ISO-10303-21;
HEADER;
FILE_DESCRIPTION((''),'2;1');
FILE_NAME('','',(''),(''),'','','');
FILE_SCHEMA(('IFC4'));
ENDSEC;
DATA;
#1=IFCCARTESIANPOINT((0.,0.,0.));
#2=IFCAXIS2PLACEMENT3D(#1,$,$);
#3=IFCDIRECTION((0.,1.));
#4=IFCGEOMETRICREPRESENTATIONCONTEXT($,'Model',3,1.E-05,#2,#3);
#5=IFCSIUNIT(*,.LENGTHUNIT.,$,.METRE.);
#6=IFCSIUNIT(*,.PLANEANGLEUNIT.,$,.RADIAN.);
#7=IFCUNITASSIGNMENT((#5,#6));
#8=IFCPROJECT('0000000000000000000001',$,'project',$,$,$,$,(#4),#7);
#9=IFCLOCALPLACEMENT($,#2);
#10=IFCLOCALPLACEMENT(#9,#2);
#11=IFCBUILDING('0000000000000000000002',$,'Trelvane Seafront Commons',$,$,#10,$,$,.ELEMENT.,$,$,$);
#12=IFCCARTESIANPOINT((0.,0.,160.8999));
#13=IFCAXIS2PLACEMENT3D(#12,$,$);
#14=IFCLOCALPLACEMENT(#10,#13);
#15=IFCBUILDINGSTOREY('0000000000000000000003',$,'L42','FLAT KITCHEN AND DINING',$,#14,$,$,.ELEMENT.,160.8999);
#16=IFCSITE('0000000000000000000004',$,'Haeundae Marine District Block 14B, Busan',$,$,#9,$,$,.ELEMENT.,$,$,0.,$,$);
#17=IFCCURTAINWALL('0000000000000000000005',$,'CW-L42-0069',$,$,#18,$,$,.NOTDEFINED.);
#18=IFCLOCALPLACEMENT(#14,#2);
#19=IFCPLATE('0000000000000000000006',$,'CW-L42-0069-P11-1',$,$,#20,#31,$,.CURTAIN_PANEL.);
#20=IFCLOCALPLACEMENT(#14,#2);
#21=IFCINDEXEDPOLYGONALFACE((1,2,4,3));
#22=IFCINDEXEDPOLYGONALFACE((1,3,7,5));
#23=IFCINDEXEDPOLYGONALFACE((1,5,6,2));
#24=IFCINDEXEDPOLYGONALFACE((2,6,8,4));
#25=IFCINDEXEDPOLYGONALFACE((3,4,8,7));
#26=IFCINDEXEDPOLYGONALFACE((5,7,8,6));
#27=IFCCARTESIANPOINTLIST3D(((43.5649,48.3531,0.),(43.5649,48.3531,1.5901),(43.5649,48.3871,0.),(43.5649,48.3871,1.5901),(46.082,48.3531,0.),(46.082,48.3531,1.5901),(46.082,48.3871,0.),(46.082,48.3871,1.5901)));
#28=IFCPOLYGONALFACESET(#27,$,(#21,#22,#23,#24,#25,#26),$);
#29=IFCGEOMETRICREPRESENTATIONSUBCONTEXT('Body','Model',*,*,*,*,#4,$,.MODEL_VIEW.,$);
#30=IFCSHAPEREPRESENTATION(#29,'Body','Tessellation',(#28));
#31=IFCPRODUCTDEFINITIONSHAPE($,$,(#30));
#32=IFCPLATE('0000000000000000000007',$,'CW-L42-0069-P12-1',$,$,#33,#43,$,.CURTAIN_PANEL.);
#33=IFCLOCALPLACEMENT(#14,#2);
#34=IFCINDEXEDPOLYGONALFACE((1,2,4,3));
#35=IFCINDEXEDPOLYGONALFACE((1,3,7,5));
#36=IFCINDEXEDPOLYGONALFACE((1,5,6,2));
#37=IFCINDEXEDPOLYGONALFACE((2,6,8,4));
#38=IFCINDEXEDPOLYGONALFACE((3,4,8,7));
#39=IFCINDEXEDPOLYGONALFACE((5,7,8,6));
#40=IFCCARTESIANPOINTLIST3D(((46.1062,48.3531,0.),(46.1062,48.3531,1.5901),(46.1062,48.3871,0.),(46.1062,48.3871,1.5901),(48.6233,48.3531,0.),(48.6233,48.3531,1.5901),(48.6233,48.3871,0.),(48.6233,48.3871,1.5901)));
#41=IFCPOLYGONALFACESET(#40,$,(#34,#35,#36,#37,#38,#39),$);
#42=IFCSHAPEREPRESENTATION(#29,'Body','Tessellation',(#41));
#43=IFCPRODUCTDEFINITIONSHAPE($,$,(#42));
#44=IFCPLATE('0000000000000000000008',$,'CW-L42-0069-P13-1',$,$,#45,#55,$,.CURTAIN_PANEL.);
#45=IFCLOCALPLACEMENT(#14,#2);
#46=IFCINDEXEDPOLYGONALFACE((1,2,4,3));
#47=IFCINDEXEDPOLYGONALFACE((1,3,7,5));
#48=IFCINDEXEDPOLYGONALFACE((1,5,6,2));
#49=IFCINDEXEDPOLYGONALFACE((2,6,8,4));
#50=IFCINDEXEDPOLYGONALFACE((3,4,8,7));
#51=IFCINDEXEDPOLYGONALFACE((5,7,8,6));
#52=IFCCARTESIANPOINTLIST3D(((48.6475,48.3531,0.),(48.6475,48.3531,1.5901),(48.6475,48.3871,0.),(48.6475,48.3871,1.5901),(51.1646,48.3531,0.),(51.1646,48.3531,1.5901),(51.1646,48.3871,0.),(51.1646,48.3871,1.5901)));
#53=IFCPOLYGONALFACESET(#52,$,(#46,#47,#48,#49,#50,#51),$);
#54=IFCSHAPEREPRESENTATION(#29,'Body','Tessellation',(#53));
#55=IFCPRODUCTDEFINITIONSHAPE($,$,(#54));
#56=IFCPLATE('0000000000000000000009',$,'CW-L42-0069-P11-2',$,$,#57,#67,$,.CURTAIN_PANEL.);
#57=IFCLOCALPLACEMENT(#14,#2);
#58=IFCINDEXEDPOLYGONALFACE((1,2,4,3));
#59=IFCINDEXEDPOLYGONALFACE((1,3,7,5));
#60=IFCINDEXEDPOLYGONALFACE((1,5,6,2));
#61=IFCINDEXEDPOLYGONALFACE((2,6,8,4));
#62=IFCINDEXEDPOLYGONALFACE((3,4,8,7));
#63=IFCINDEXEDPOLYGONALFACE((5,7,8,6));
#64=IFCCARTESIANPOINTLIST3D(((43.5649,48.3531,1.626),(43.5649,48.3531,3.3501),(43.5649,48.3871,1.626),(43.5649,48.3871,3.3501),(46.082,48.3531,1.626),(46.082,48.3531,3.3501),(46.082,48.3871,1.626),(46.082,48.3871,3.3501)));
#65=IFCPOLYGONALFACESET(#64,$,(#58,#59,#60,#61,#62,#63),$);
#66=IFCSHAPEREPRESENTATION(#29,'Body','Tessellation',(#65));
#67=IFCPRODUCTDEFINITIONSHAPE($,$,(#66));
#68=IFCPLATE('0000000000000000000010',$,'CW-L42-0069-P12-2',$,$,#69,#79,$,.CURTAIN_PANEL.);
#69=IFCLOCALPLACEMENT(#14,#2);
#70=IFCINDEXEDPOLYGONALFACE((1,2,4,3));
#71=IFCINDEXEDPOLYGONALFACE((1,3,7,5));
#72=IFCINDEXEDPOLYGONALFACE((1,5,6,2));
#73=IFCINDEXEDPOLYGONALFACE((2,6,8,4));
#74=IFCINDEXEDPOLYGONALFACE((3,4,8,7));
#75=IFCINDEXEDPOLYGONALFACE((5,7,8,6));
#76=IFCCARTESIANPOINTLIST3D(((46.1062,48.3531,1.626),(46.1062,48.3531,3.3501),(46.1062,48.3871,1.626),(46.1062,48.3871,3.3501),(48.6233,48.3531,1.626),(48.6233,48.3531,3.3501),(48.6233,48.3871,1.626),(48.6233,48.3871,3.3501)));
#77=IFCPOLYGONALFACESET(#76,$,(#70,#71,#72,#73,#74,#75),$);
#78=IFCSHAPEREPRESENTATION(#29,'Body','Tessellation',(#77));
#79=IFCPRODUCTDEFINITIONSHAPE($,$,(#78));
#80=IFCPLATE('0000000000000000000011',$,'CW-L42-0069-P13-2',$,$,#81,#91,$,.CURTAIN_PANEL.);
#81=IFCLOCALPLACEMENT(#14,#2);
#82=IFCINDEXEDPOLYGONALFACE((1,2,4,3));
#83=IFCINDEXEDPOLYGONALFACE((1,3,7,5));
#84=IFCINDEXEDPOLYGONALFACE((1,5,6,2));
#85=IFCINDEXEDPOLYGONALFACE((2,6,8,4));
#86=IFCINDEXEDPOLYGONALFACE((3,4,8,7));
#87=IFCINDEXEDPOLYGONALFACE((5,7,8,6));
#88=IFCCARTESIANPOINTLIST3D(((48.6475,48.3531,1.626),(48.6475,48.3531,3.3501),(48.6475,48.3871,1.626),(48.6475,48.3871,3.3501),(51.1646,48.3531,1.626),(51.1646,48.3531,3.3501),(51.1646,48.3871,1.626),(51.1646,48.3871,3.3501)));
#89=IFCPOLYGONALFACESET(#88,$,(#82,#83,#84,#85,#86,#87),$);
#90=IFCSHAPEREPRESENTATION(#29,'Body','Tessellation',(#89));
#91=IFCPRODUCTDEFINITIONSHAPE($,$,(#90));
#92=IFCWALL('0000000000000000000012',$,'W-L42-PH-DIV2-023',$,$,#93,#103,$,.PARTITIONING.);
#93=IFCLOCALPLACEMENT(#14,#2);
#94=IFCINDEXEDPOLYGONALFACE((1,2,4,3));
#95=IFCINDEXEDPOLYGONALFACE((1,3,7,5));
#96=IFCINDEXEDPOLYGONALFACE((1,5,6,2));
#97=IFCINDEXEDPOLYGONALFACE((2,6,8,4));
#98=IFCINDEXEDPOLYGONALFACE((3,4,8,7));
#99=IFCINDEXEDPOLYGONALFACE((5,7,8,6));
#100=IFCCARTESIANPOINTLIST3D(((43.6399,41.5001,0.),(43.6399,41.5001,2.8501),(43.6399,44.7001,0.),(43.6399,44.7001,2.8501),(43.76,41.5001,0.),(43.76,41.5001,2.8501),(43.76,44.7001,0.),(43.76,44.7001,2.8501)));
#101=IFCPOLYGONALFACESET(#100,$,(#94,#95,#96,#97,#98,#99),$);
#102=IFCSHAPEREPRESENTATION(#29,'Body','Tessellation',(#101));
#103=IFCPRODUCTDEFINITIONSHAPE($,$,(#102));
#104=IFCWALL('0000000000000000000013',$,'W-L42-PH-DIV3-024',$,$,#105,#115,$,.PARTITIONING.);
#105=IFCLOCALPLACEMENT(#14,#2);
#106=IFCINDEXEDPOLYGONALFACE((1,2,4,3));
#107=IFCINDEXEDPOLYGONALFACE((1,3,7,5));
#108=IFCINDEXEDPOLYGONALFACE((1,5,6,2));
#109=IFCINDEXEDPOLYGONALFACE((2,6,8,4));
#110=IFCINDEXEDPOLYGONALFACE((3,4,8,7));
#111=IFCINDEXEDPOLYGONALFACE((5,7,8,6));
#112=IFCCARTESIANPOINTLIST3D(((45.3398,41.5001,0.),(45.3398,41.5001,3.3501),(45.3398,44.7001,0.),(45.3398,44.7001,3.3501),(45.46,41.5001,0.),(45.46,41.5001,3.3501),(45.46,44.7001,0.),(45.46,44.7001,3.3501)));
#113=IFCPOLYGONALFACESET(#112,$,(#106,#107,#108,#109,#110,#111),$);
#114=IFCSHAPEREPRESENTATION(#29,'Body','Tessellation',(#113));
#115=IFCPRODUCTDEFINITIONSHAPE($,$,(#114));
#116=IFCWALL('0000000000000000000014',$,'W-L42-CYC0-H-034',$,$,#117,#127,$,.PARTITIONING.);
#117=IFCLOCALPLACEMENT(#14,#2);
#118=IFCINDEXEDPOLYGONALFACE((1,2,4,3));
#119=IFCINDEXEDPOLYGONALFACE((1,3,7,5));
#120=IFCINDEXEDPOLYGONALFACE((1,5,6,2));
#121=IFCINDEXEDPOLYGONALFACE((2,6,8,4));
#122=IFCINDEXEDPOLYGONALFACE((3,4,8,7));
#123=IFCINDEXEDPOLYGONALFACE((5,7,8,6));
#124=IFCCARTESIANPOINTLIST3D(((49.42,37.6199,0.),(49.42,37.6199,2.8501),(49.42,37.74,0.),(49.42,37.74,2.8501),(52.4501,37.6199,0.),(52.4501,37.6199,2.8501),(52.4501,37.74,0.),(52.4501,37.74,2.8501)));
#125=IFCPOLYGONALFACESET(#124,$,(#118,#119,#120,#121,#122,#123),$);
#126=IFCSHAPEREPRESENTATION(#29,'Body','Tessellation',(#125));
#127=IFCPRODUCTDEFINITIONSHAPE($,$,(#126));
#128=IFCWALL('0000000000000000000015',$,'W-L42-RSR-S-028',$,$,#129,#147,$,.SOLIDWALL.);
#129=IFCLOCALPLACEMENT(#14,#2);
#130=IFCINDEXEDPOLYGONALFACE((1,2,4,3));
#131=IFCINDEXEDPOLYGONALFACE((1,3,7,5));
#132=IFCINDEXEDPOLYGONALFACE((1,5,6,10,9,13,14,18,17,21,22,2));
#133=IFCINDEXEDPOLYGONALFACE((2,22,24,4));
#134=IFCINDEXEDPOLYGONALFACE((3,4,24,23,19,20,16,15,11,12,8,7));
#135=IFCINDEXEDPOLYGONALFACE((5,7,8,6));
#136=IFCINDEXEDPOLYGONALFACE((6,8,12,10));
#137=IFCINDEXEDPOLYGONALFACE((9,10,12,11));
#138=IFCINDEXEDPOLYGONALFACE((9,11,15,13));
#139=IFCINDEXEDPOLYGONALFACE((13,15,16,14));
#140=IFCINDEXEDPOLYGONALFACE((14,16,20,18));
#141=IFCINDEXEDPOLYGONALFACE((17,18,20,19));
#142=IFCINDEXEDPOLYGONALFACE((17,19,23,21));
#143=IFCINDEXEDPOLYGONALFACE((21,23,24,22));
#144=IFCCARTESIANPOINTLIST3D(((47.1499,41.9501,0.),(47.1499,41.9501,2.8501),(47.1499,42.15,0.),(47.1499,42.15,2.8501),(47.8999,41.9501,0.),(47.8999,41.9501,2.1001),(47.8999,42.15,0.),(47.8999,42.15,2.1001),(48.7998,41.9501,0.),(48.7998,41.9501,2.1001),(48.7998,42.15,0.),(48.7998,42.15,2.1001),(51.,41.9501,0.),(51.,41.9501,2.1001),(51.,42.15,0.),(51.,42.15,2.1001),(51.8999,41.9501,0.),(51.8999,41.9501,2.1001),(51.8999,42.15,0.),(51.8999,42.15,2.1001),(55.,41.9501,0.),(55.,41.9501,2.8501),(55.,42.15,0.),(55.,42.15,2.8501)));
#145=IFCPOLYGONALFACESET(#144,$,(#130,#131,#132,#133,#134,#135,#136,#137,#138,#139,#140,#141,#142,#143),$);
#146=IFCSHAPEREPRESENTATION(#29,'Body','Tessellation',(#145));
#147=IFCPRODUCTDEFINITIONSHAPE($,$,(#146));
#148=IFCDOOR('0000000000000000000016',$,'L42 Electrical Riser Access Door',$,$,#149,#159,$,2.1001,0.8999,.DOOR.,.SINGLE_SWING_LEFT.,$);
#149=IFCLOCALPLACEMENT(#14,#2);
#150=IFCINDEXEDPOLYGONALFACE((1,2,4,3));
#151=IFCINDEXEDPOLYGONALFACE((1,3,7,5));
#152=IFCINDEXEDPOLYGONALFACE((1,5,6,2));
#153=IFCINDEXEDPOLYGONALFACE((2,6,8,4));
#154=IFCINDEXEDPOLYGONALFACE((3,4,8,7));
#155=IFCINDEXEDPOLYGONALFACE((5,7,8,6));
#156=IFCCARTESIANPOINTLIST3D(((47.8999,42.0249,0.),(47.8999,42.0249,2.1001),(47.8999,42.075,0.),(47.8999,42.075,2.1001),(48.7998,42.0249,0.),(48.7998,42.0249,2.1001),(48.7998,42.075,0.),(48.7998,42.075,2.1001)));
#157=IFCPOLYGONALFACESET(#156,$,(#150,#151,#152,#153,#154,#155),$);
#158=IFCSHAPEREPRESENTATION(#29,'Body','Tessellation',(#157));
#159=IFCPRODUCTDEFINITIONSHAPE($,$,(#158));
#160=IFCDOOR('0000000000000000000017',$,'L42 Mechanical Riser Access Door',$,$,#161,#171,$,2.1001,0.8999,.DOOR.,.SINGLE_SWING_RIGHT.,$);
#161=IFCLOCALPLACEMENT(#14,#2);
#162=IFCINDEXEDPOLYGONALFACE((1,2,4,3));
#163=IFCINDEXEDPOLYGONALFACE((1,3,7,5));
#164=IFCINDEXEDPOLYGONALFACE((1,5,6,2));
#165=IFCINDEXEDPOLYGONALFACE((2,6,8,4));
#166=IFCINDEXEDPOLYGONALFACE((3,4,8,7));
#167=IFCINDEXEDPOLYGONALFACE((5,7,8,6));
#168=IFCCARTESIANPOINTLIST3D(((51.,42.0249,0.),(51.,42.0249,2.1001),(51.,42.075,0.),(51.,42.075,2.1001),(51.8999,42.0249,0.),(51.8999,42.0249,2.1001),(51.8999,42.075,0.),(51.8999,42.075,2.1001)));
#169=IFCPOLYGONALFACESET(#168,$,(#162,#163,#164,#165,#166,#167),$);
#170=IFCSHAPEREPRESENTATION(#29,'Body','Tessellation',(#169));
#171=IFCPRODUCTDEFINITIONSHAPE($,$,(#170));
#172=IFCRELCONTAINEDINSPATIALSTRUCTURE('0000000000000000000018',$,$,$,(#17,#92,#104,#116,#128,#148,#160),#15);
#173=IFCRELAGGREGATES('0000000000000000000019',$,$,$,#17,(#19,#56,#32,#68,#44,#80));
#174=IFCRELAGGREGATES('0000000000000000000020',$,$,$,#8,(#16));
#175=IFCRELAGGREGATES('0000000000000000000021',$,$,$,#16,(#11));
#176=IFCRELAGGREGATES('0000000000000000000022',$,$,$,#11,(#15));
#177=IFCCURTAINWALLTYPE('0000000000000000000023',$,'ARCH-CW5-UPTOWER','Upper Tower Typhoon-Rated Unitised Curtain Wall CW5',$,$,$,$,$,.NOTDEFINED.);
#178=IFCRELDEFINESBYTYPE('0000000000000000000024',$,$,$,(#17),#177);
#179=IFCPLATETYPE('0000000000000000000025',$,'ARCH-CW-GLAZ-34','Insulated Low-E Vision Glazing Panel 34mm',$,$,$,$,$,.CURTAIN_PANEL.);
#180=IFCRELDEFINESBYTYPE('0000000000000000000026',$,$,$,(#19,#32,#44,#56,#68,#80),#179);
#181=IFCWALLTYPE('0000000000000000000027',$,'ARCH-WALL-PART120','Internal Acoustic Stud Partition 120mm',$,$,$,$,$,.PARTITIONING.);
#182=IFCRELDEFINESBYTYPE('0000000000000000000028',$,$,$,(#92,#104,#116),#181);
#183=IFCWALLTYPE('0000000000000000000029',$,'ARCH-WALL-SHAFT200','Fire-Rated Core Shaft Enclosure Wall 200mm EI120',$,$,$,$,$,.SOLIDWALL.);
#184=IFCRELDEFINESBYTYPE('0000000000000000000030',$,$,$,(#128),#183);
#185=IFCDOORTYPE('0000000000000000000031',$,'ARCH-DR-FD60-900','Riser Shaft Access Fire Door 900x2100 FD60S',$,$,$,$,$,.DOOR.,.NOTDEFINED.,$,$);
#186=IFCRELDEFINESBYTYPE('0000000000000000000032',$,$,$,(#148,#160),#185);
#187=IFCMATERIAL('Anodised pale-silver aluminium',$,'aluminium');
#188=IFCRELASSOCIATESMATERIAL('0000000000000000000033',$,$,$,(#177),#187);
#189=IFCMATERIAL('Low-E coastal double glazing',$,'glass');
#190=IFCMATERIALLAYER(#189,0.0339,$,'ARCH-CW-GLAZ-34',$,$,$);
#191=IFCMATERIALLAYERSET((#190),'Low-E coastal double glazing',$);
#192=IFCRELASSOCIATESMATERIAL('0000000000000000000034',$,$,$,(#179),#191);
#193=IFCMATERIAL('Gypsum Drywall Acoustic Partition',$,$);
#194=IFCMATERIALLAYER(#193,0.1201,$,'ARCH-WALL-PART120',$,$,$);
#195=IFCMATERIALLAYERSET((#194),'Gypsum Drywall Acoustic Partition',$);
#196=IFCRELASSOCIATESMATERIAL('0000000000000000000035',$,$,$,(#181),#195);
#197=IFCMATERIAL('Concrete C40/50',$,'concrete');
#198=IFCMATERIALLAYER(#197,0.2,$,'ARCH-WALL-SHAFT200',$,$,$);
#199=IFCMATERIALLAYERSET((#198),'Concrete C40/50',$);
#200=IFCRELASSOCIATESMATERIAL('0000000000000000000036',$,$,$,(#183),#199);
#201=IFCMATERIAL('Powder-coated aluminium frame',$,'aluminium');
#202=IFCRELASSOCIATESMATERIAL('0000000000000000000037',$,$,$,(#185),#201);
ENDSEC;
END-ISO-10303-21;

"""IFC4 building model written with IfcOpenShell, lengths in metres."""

from ifc_helpers import new_model, si_unit, direction, frame, frame_2d, origin, origin_2d, place, context, subcontext, project, spatial, rectangle, extrude, source, transform, mapped, material, layer, layer_set, type_object, element, fill, aggregate, save


model = new_model("IFC4")

# Units and contexts
model_context = context("Model", 3, precision=1e-05, world=origin(), true_north=direction((0.0, 1.0)))
body_context = subcontext(model_context, "Body", "Model", "MODEL_VIEW")
ifc_project = project(units=[si_unit("LENGTHUNIT", "METRE"), si_unit("PLANEANGLEUNIT", "RADIAN")], contexts=[model_context])

# Site, building, storey
site_placement = place(None, origin())
site = spatial("IfcSite", under=ifc_project, at=site_placement, Name="Haeundae Marine District Block 14B, Busan", CompositionType="ELEMENT", RefElevation=0.0)
building_placement = place(site_placement, origin())
building = spatial("IfcBuilding", under=site, at=building_placement, Name="Trelvane Seafront Commons", CompositionType="ELEMENT")
storey_placement = place(building_placement, frame((0.0, 0.0, 160.8999)))
storey = spatial("IfcBuildingStorey", under=building, at=storey_placement, Name="L42", Description="FLAT KITCHEN AND DINING", CompositionType="ELEMENT", Elevation=160.8999)

# Curtain wall
ifc_material_1 = material(Name="Anodised pale-silver aluminium", Category="aluminium")
curtain_wall_type = type_object("IfcCurtainWallType", Name="ARCH-CW5-UPTOWER", Description="Upper Tower Typhoon-Rated Unitised Curtain Wall CW5", PredefinedType="NOTDEFINED", material=ifc_material_1)
curtain_wall_placement = place(storey_placement, origin())
curtain_wall = element("IfcCurtainWall", 1, at=curtain_wall_placement, inside=storey, type_object=curtain_wall_type, Name="CW-L42-0069", PredefinedType="NOTDEFINED")

# Plates
ifc_material_2 = material(Name="Low-E coastal double glazing", Category="glass")
ifc_layer_1 = layer(ifc_material_2, 0.0339, Name="ARCH-CW-GLAZ-34")
ifc_layer_set_1 = layer_set([ifc_layer_1], Name="Low-E coastal double glazing")
plate_type_1 = type_object("IfcPlateType", Name="ARCH-CW-GLAZ-34", Description="Insulated Low-E Vision Glazing Panel 34mm", PredefinedType="CURTAIN_PANEL", material=ifc_layer_set_1)
shared_shape_1 = source(origin(), body_context, "Body", "SweptSolid", [
    extrude(rectangle(XDim=2.5171, YDim=0.0339, at=origin_2d()), origin(), (0.0, 0.0, 1.0), 1.5901),
])
plate_1_placement = place(storey_placement, frame((44.8235, 48.3701, 0.0), z_axis=(0.0, 0.0, 1.0), x_axis=(1.0, 0.0, 0.0)))
plate_1 = element("IfcPlate", 2, at=plate_1_placement, type_object=plate_type_1, Name="CW-L42-0069-P11-1", PredefinedType="CURTAIN_PANEL", context=body_context, shape_type="MappedRepresentation", body=[
    mapped(shared_shape_1, transform((0.0, 0.0, 0.0), x_axis=(1.0, 0.0, 0.0), y_axis=(0.0, 1.0, 0.0), z_axis=(0.0, 0.0, 1.0), scale=1.0)),
])
plate_2_placement = place(storey_placement, frame((47.3647, 48.3701, 0.0), z_axis=(0.0, 0.0, 1.0), x_axis=(1.0, 0.0, 0.0)))
plate_2 = element("IfcPlate", 3, at=plate_2_placement, type_object=plate_type_1, Name="CW-L42-0069-P12-1", PredefinedType="CURTAIN_PANEL", context=body_context, shape_type="MappedRepresentation", body=[
    mapped(shared_shape_1, transform((0.0, 0.0, 0.0), x_axis=(1.0, 0.0, 0.0), y_axis=(0.0, 1.0, 0.0), z_axis=(0.0, 0.0, 1.0), scale=1.0)),
])
plate_3_placement = place(storey_placement, frame((49.906, 48.3701, 0.0), z_axis=(0.0, 0.0, 1.0), x_axis=(1.0, 0.0, 0.0)))
plate_3 = element("IfcPlate", 4, at=plate_3_placement, type_object=plate_type_1, Name="CW-L42-0069-P13-1", PredefinedType="CURTAIN_PANEL", context=body_context, shape_type="MappedRepresentation", body=[
    mapped(shared_shape_1, transform((0.0, 0.0, 0.0), x_axis=(1.0, 0.0, 0.0), y_axis=(0.0, 1.0, 0.0), z_axis=(0.0, 0.0, 1.0), scale=1.0)),
])
shared_shape_2 = source(origin(), body_context, "Body", "SweptSolid", [
    extrude(rectangle(XDim=2.5171, YDim=0.0339, at=origin_2d()), origin(), (0.0, 0.0, 1.0), 1.7241),
])
plate_4_placement = place(storey_placement, frame((44.8235, 48.3701, 1.626), z_axis=(0.0, 0.0, 1.0), x_axis=(1.0, 0.0, 0.0)))
plate_4 = element("IfcPlate", 5, at=plate_4_placement, type_object=plate_type_1, Name="CW-L42-0069-P11-2", PredefinedType="CURTAIN_PANEL", context=body_context, shape_type="MappedRepresentation", body=[
    mapped(shared_shape_2, transform((0.0, 0.0, 0.0), x_axis=(1.0, 0.0, 0.0), y_axis=(0.0, 1.0, 0.0), z_axis=(0.0, 0.0, 1.0), scale=1.0)),
])
plate_5_placement = place(storey_placement, frame((47.3647, 48.3701, 1.626), z_axis=(0.0, 0.0, 1.0), x_axis=(1.0, 0.0, 0.0)))
plate_5 = element("IfcPlate", 6, at=plate_5_placement, type_object=plate_type_1, Name="CW-L42-0069-P12-2", PredefinedType="CURTAIN_PANEL", context=body_context, shape_type="MappedRepresentation", body=[
    mapped(shared_shape_2, transform((0.0, 0.0, 0.0), x_axis=(1.0, 0.0, 0.0), y_axis=(0.0, 1.0, 0.0), z_axis=(0.0, 0.0, 1.0), scale=1.0)),
])
plate_6_placement = place(storey_placement, frame((49.906, 48.3701, 1.626), z_axis=(0.0, 0.0, 1.0), x_axis=(1.0, 0.0, 0.0)))
plate_6 = element("IfcPlate", 7, at=plate_6_placement, type_object=plate_type_1, Name="CW-L42-0069-P13-2", PredefinedType="CURTAIN_PANEL", context=body_context, shape_type="MappedRepresentation", body=[
    mapped(shared_shape_2, transform((0.0, 0.0, 0.0), x_axis=(1.0, 0.0, 0.0), y_axis=(0.0, 1.0, 0.0), z_axis=(0.0, 0.0, 1.0), scale=1.0)),
])
aggregate(curtain_wall, [plate_1, plate_4, plate_2, plate_5, plate_3, plate_6])

# Walls
ifc_material_3 = material(Name="Gypsum Drywall Acoustic Partition")
ifc_layer_2 = layer(ifc_material_3, 0.1201, Name="ARCH-WALL-PART120")
ifc_layer_set_2 = layer_set([ifc_layer_2], Name="Gypsum Drywall Acoustic Partition")
wall_type_1 = type_object("IfcWallType", Name="ARCH-WALL-PART120", Description="Internal Acoustic Stud Partition 120mm", PredefinedType="PARTITIONING", material=ifc_layer_set_2)
wall_1_placement = place(storey_placement, frame((43.7, 41.5, 0.0), z_axis=(0.0, 0.0, 1.0), x_axis=(0.0, 1.0, 0.0)))
element("IfcWall", 8, at=wall_1_placement, inside=storey, type_object=wall_type_1, Name="W-L42-PH-DIV2-023", PredefinedType="PARTITIONING", context=body_context, shape_type="SweptSolid", body=[
    extrude(rectangle(XDim=3.2, YDim=0.1201, at=frame_2d((1.6001, 0.0))), origin(), (0.0, 0.0, 1.0), 2.8501),
])
wall_2_placement = place(storey_placement, frame((45.3999, 41.5, 0.0), z_axis=(0.0, 0.0, 1.0), x_axis=(0.0, 1.0, 0.0)))
element("IfcWall", 9, at=wall_2_placement, inside=storey, type_object=wall_type_1, Name="W-L42-PH-DIV3-024", PredefinedType="PARTITIONING", context=body_context, shape_type="SweptSolid", body=[
    extrude(rectangle(XDim=3.2, YDim=0.1201, at=frame_2d((1.6001, 0.0))), origin(), (0.0, 0.0, 1.0), 3.3501),
])
wall_3_placement = place(storey_placement, frame((49.4199, 37.6799, 0.0), z_axis=(0.0, 0.0, 1.0), x_axis=(1.0, 0.0, 0.0)))
element("IfcWall", 10, at=wall_3_placement, inside=storey, type_object=wall_type_1, Name="W-L42-CYC0-H-034", PredefinedType="PARTITIONING", context=body_context, shape_type="SweptSolid", body=[
    extrude(rectangle(XDim=3.03, YDim=0.1201, at=frame_2d((1.5151, 0.0))), origin(), (0.0, 0.0, 1.0), 2.8501),
])

# Wall, openings, doors
ifc_material_4 = material(Name="Concrete C40/50", Category="concrete")
ifc_layer_3 = layer(ifc_material_4, 0.2, Name="ARCH-WALL-SHAFT200")
ifc_layer_set_3 = layer_set([ifc_layer_3], Name="Concrete C40/50")
wall_type_2 = type_object("IfcWallType", Name="ARCH-WALL-SHAFT200", Description="Fire-Rated Core Shaft Enclosure Wall 200mm EI120", PredefinedType="SOLIDWALL", material=ifc_layer_set_3)
wall_4_placement = place(storey_placement, frame((47.1499, 42.05, 0.0), z_axis=(0.0, 0.0, 1.0), x_axis=(1.0, 0.0, 0.0)))
wall_4 = element("IfcWall", 11, at=wall_4_placement, inside=storey, type_object=wall_type_2, Name="W-L42-RSR-S-028", PredefinedType="SOLIDWALL", context=body_context, shape_type="SweptSolid", body=[
    extrude(rectangle(XDim=7.8501, YDim=0.2, at=frame_2d((3.925, 0.0))), origin(), (0.0, 0.0, 1.0), 2.8501),
])
opening_1_placement = place(wall_4_placement, frame((0.75, 0.0, 0.0)))
opening_1 = element("IfcOpeningElement", 12, at=opening_1_placement, cuts=wall_4, PredefinedType="OPENING", context=body_context, shape_type="SweptSolid", body=[
    extrude(rectangle(XDim=0.8999, YDim=2.1001, at=frame_2d((0.45, 1.05))), frame((0.0, 0.1099, 0.0), z_axis=(0.0, -1.0, 0.0), x_axis=(1.0, 0.0, 0.0)), (0.0, 0.0, 1.0), 0.22),
])
opening_2_placement = place(wall_4_placement, frame((3.8501, 0.0, 0.0)))
opening_2 = element("IfcOpeningElement", 13, at=opening_2_placement, cuts=wall_4, PredefinedType="OPENING", context=body_context, shape_type="SweptSolid", body=[
    extrude(rectangle(XDim=0.8999, YDim=2.1001, at=frame_2d((0.45, 1.05))), frame((0.0, 0.1099, 0.0), z_axis=(0.0, -1.0, 0.0), x_axis=(1.0, 0.0, 0.0)), (0.0, 0.0, 1.0), 0.22),
])
ifc_material_5 = material(Name="Powder-coated aluminium frame", Category="aluminium")
door_type = type_object("IfcDoorType", Name="ARCH-DR-FD60-900", Description="Riser Shaft Access Fire Door 900x2100 FD60S", OperationType="NOTDEFINED", PredefinedType="DOOR", material=ifc_material_5)
shared_shape_3 = source(origin(), body_context, "Body", "SweptSolid", [
    extrude(rectangle(XDim=0.8999, YDim=2.1001, at=frame_2d((0.45, 1.05))), frame((0.0, 0.0249, 0.0), z_axis=(0.0, -1.0, 0.0), x_axis=(1.0, 0.0, 0.0)), (0.0, 0.0, 1.0), 0.05),
])
door_1_placement = place(opening_1_placement, origin())
door_1 = element("IfcDoor", 14, at=door_1_placement, inside=storey, type_object=door_type, Name="L42 Electrical Riser Access Door", OperationType="SINGLE_SWING_LEFT", OverallHeight=2.1001, OverallWidth=0.8999, PredefinedType="DOOR", context=body_context, shape_type="MappedRepresentation", body=[
    mapped(shared_shape_3, transform((0.0, 0.0, 0.0), x_axis=(1.0, 0.0, 0.0), y_axis=(0.0, 1.0, 0.0), z_axis=(0.0, 0.0, 1.0), scale=1.0)),
])
fill(opening_1, door_1)
door_2_placement = place(opening_2_placement, origin())
door_2 = element("IfcDoor", 15, at=door_2_placement, inside=storey, type_object=door_type, Name="L42 Mechanical Riser Access Door", OperationType="SINGLE_SWING_RIGHT", OverallHeight=2.1001, OverallWidth=0.8999, PredefinedType="DOOR", context=body_context, shape_type="MappedRepresentation", body=[
    mapped(shared_shape_3, transform((0.0, 0.0, 0.0), x_axis=(1.0, 0.0, 0.0), y_axis=(0.0, 1.0, 0.0), z_axis=(0.0, 0.0, 1.0), scale=1.0)),
])
fill(opening_2, door_2)

save(model, "model.ifc")
